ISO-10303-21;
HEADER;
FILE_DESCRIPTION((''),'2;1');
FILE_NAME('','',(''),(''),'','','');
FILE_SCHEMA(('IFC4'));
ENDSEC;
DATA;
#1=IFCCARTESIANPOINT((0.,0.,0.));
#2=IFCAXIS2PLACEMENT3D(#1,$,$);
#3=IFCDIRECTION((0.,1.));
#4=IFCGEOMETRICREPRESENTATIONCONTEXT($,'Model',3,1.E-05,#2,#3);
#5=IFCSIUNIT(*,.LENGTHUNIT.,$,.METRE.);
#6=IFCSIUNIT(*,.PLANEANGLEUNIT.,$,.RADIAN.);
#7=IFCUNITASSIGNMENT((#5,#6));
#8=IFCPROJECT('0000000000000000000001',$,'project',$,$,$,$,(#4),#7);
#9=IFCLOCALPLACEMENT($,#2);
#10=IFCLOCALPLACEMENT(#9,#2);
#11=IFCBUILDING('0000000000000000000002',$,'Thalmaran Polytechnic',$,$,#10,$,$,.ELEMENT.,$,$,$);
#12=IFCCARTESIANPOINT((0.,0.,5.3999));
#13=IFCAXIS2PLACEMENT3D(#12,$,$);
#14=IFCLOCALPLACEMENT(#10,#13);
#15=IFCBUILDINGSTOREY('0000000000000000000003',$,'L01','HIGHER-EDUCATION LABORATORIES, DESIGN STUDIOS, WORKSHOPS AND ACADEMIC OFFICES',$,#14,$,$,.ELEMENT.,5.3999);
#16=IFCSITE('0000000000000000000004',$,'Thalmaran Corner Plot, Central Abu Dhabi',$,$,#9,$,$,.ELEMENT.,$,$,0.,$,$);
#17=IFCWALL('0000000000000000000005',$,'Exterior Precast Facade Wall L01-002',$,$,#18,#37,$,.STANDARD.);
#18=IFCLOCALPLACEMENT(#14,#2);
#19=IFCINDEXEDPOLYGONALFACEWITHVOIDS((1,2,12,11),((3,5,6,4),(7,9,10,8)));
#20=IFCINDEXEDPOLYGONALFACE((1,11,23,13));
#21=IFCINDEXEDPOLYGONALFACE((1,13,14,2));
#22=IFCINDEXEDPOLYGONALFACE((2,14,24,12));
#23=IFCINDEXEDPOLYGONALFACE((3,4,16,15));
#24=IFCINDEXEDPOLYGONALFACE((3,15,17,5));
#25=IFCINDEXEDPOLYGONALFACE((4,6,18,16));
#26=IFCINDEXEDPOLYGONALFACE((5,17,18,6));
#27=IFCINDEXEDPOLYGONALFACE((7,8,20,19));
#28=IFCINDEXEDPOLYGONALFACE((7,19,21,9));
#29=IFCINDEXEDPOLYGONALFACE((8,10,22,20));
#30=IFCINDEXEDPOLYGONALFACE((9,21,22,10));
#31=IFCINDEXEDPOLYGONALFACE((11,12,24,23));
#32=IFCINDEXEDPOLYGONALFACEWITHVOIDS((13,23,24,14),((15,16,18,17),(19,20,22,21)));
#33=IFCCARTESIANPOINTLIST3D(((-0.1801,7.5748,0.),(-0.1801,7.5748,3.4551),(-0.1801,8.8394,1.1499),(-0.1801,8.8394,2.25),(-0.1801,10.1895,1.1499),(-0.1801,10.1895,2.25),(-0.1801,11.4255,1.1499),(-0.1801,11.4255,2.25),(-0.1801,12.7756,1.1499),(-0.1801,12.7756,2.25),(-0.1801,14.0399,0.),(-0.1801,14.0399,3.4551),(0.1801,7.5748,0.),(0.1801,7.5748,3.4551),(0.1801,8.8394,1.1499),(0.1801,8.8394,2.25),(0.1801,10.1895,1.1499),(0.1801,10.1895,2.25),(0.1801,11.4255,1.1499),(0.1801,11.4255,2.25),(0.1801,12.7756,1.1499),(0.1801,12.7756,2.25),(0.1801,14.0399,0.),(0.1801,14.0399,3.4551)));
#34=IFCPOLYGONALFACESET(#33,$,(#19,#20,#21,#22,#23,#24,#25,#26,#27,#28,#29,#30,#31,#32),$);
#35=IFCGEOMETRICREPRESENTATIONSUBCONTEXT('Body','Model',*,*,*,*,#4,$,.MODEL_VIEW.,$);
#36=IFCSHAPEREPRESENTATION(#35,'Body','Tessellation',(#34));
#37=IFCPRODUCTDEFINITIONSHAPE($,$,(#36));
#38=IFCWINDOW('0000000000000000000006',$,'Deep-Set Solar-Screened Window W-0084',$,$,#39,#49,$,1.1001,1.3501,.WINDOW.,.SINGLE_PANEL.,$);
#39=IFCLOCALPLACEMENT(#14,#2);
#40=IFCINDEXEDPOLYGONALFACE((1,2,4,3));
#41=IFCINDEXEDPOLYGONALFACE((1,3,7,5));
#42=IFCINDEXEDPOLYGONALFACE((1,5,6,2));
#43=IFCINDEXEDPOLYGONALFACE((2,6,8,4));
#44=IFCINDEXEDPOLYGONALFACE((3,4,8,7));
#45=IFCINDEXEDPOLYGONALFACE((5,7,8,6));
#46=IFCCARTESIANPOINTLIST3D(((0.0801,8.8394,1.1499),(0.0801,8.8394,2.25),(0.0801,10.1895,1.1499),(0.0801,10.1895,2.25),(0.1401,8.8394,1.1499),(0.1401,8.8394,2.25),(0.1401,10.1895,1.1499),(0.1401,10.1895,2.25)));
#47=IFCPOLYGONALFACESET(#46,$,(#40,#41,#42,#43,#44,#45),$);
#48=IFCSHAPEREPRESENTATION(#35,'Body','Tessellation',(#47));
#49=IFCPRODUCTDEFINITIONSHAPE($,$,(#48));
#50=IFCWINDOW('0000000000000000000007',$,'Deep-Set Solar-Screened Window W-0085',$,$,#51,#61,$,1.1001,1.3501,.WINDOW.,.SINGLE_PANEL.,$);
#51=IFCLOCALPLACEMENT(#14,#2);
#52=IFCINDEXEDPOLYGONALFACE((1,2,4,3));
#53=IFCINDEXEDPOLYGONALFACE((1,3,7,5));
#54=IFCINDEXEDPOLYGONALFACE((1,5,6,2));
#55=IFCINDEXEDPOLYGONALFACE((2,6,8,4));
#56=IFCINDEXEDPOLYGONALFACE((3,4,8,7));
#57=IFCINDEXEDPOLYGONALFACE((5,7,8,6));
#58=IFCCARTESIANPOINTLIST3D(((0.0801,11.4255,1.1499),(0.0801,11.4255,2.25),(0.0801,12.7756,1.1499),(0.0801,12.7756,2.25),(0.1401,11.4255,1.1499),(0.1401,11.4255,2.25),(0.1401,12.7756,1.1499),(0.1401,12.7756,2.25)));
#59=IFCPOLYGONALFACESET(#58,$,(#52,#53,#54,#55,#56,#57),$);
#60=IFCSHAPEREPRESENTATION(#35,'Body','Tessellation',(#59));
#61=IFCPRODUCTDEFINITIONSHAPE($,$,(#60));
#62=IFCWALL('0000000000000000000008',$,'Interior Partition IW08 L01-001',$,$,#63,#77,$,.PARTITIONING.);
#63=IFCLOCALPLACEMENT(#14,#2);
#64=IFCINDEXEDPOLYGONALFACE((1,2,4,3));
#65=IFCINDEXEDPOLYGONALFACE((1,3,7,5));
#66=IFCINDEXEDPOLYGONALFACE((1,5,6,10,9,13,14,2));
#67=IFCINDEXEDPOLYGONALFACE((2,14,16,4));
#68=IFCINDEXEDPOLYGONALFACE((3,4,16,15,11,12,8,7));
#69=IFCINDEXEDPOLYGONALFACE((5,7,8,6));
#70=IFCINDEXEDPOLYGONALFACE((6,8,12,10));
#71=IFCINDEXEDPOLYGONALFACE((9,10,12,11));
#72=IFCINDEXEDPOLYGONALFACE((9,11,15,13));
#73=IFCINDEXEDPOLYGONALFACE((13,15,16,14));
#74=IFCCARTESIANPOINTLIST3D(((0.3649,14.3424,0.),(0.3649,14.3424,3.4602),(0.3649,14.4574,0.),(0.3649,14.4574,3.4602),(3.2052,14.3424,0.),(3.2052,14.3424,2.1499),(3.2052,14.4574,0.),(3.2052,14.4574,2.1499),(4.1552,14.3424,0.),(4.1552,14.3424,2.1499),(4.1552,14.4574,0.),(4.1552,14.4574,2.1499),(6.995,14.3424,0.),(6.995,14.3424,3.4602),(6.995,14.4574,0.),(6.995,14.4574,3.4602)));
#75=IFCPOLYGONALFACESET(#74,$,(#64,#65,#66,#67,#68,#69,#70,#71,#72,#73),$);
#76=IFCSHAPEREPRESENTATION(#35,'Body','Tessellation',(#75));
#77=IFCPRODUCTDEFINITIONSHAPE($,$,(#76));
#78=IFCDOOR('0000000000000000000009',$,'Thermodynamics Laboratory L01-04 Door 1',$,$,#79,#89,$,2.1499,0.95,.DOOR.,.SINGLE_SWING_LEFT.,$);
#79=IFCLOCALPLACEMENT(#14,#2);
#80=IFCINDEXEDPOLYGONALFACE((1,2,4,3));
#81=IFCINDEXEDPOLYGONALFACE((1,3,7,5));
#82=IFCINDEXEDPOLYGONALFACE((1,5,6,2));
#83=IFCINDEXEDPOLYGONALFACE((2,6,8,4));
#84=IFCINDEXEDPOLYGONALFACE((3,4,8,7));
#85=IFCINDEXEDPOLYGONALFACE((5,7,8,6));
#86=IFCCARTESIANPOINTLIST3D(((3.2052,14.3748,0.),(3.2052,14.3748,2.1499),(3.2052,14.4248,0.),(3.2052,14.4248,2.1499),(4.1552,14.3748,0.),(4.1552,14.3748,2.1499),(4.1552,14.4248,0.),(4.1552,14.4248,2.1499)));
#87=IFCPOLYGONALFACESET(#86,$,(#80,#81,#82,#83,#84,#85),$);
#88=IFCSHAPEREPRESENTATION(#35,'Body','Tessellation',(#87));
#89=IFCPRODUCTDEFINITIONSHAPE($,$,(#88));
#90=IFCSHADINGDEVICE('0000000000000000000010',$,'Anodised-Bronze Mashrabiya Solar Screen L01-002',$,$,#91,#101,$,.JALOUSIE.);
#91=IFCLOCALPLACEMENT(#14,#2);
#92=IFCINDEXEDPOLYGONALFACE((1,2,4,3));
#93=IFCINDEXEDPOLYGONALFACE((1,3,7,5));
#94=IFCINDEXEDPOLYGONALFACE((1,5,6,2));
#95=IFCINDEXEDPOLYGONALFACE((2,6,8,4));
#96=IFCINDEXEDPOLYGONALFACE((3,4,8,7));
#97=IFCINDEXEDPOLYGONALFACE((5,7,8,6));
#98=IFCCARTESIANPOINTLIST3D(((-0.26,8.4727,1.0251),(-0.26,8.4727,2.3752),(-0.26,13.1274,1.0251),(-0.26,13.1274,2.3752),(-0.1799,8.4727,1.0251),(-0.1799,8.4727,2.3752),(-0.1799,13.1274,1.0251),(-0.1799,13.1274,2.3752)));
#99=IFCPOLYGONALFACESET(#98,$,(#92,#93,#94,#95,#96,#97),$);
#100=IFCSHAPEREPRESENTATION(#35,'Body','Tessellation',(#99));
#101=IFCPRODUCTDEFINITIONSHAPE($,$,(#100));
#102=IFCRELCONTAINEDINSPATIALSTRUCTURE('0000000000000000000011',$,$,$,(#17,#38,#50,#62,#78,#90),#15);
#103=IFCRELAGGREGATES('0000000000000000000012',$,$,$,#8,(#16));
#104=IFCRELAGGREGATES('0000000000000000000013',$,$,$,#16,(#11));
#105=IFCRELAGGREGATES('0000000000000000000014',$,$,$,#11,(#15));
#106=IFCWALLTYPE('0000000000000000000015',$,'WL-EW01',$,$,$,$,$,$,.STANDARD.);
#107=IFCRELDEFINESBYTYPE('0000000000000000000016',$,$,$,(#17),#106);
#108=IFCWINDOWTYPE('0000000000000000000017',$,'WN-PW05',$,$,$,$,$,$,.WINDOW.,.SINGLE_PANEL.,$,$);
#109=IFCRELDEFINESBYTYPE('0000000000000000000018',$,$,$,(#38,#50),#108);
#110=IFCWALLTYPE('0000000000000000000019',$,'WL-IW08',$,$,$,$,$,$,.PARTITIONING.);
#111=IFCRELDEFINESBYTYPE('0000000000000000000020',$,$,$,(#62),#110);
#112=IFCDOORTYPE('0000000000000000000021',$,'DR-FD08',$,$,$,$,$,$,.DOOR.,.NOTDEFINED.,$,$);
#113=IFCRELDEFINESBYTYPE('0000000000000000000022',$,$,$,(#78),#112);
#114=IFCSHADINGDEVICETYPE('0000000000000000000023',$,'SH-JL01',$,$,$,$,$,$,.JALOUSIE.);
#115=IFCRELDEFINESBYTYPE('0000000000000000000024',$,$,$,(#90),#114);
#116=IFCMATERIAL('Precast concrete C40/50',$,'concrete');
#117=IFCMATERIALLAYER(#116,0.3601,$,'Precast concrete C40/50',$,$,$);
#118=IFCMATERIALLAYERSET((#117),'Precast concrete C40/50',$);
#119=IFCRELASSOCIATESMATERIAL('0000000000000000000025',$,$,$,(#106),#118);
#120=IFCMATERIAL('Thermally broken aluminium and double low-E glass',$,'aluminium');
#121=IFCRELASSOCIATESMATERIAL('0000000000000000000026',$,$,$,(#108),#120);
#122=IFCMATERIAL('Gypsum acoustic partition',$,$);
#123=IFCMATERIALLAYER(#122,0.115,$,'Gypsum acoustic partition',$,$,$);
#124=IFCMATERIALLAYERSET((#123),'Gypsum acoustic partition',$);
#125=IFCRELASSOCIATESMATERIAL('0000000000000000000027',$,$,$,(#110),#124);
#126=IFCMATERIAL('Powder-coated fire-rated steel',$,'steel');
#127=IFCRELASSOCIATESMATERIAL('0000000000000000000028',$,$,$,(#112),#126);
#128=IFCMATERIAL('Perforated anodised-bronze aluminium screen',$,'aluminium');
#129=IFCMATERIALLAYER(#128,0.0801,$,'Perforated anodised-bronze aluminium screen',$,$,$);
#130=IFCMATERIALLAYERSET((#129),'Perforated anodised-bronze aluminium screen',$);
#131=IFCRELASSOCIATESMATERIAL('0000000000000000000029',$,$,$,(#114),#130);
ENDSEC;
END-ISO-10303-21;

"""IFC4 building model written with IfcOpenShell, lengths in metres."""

from ifc_helpers import new_model, si_unit, direction, frame, frame_2d, origin, origin_2d, place, context, subcontext, project, spatial, rectangle, extrude, material, layer, layer_set, type_object, element, fill, save


model = new_model("IFC4")

# Units and contexts
model_context = context("Model", 3, precision=1e-05, world=origin(), true_north=direction((0.0, 1.0)))
body_context = subcontext(model_context, "Body", "Model", "MODEL_VIEW")
ifc_project = project(units=[si_unit("LENGTHUNIT", "METRE"), si_unit("PLANEANGLEUNIT", "RADIAN")], contexts=[model_context])

# Site, building, storey
site_placement = place(None, origin())
site = spatial("IfcSite", under=ifc_project, at=site_placement, Name="Thalmaran Corner Plot, Central Abu Dhabi", CompositionType="ELEMENT", RefElevation=0.0)
building_placement = place(site_placement, origin())
building = spatial("IfcBuilding", under=site, at=building_placement, Name="Thalmaran Polytechnic", CompositionType="ELEMENT")
storey_placement = place(building_placement, frame((0.0, 0.0, 5.3999)))
storey = spatial("IfcBuildingStorey", under=building, at=storey_placement, Name="L01", Description="HIGHER-EDUCATION LABORATORIES, DESIGN STUDIOS, WORKSHOPS AND ACADEMIC OFFICES", CompositionType="ELEMENT", Elevation=5.3999)

# Wall, openings, windows
ifc_material_1 = material(Name="Precast concrete C40/50", Category="concrete")
ifc_layer_1 = layer(ifc_material_1, 0.3601, Name="Precast concrete C40/50")
ifc_layer_set_1 = layer_set([ifc_layer_1], Name="Precast concrete C40/50")
wall_type_1 = type_object("IfcWallType", Name="WL-EW01", PredefinedType="STANDARD", material=ifc_layer_set_1)
wall_1_placement = place(storey_placement, frame((0.0, 7.575, 0.0), z_axis=(0.0, 0.0, 1.0), x_axis=(0.0, 1.0, 0.0)))
wall_1 = element("IfcWall", 1, at=wall_1_placement, inside=storey, type_object=wall_type_1, Name="Exterior Precast Facade Wall L01-002", PredefinedType="STANDARD", context=body_context, shape_type="SweptSolid", body=[
    extrude(rectangle(XDim=6.4651, YDim=0.3601, at=frame_2d((3.2324, 0.0))), origin(), (0.0, 0.0, 1.0), 3.4551),
])
opening_1_placement = place(wall_1_placement, frame((1.2644, 0.0, 1.1499)))
opening_1 = element("IfcOpeningElement", 2, at=opening_1_placement, cuts=wall_1, PredefinedType="OPENING", context=body_context, shape_type="SweptSolid", body=[
    extrude(rectangle(XDim=1.3501, YDim=1.1001, at=frame_2d((0.675, 0.55))), frame((0.0, 0.1899, 0.0), z_axis=(0.0, -1.0, 0.0), x_axis=(1.0, 0.0, 0.0)), (0.0, 0.0, 1.0), 0.3801),
])
opening_2_placement = place(wall_1_placement, frame((3.8506, 0.0, 1.1499)))
opening_2 = element("IfcOpeningElement", 3, at=opening_2_placement, cuts=wall_1, PredefinedType="OPENING", context=body_context, shape_type="SweptSolid", body=[
    extrude(rectangle(XDim=1.3501, YDim=1.1001, at=frame_2d((0.675, 0.55))), frame((0.0, 0.1899, 0.0), z_axis=(0.0, -1.0, 0.0), x_axis=(1.0, 0.0, 0.0)), (0.0, 0.0, 1.0), 0.3801),
])
ifc_material_2 = material(Name="Thermally broken aluminium and double low-E glass", Category="aluminium")
window_type = type_object("IfcWindowType", Name="WN-PW05", PartitioningType="SINGLE_PANEL", PredefinedType="WINDOW", material=ifc_material_2)
window_1_placement = place(opening_1_placement, origin())
window_1 = element("IfcWindow", 4, at=window_1_placement, inside=storey, type_object=window_type, Name="Deep-Set Solar-Screened Window W-0084", OverallHeight=1.1001, OverallWidth=1.3501, PartitioningType="SINGLE_PANEL", PredefinedType="WINDOW", context=body_context, shape_type="SweptSolid", body=[
    extrude(rectangle(XDim=1.3501, YDim=1.1001, at=frame_2d((0.675, 0.55))), frame((0.0, -0.0801, 0.0), z_axis=(0.0, -1.0, 0.0), x_axis=(1.0, 0.0, 0.0)), (0.0, 0.0, 1.0), 0.0601),
])
fill(opening_1, window_1)
window_2_placement = place(opening_2_placement, origin())
window_2 = element("IfcWindow", 5, at=window_2_placement, inside=storey, type_object=window_type, Name="Deep-Set Solar-Screened Window W-0085", OverallHeight=1.1001, OverallWidth=1.3501, PartitioningType="SINGLE_PANEL", PredefinedType="WINDOW", context=body_context, shape_type="SweptSolid", body=[
    extrude(rectangle(XDim=1.3501, YDim=1.1001, at=frame_2d((0.675, 0.55))), frame((0.0, -0.0801, 0.0), z_axis=(0.0, -1.0, 0.0), x_axis=(1.0, 0.0, 0.0)), (0.0, 0.0, 1.0), 0.0601),
])
fill(opening_2, window_2)

# Wall, opening, door
ifc_material_3 = material(Name="Gypsum acoustic partition")
ifc_layer_2 = layer(ifc_material_3, 0.115, Name="Gypsum acoustic partition")
ifc_layer_set_2 = layer_set([ifc_layer_2], Name="Gypsum acoustic partition")
wall_type_2 = type_object("IfcWallType", Name="WL-IW08", PredefinedType="PARTITIONING", material=ifc_layer_set_2)
wall_2_placement = place(storey_placement, frame((0.365, 14.3999, 0.0), z_axis=(0.0, 0.0, 1.0), x_axis=(1.0, 0.0, 0.0)))
wall_2 = element("IfcWall", 6, at=wall_2_placement, inside=storey, type_object=wall_type_2, Name="Interior Partition IW08 L01-001", PredefinedType="PARTITIONING", context=body_context, shape_type="SweptSolid", body=[
    extrude(rectangle(XDim=6.6301, YDim=0.115, at=frame_2d((3.3149, 0.0))), origin(), (0.0, 0.0, 1.0), 3.4602),
])
opening_3_placement = place(wall_2_placement, frame((2.8401, 0.0, 0.0)))
opening_3 = element("IfcOpeningElement", 7, at=opening_3_placement, cuts=wall_2, PredefinedType="OPENING", context=body_context, shape_type="SweptSolid", body=[
    extrude(rectangle(XDim=0.95, YDim=2.1499, at=frame_2d((0.4751, 1.075))), frame((0.0, 0.0674, 0.0), z_axis=(0.0, -1.0, 0.0), x_axis=(1.0, 0.0, 0.0)), (0.0, 0.0, 1.0), 0.135),
])
ifc_material_4 = material(Name="Powder-coated fire-rated steel", Category="steel")
door_type = type_object("IfcDoorType", Name="DR-FD08", OperationType="NOTDEFINED", PredefinedType="DOOR", material=ifc_material_4)
door_placement = place(opening_3_placement, origin())
door = element("IfcDoor", 8, at=door_placement, inside=storey, type_object=door_type, Name="Thermodynamics Laboratory L01-04 Door 1", OperationType="SINGLE_SWING_LEFT", OverallHeight=2.1499, OverallWidth=0.95, PredefinedType="DOOR", context=body_context, shape_type="SweptSolid", body=[
    extrude(rectangle(XDim=0.95, YDim=2.1499, at=frame_2d((0.4751, 1.075))), frame((0.0, 0.0249, 0.0), z_axis=(0.0, -1.0, 0.0), x_axis=(1.0, 0.0, 0.0)), (0.0, 0.0, 1.0), 0.05),
])
fill(opening_3, door)

# Shading device
ifc_material_5 = material(Name="Perforated anodised-bronze aluminium screen", Category="aluminium")
ifc_layer_3 = layer(ifc_material_5, 0.0801, Name="Perforated anodised-bronze aluminium screen")
ifc_layer_set_3 = layer_set([ifc_layer_3], Name="Perforated anodised-bronze aluminium screen")
shading_device_type = type_object("IfcShadingDeviceType", Name="SH-JL01", PredefinedType="JALOUSIE", material=ifc_layer_set_3)
shading_device_placement = place(storey_placement, frame((-0.22, 10.8, 1.0251), z_axis=(0.0, 0.0, 1.0), x_axis=(0.0, 1.0, 0.0)))
element("IfcShadingDevice", 9, at=shading_device_placement, inside=storey, type_object=shading_device_type, Name="Anodised-Bronze Mashrabiya Solar Screen L01-002", PredefinedType="JALOUSIE", context=body_context, shape_type="SweptSolid", body=[
    extrude(rectangle(XDim=4.6548, YDim=0.0801, at=origin_2d()), origin(), (0.0, 0.0, 1.0), 1.3501),
])

save(model, "model.ifc")
